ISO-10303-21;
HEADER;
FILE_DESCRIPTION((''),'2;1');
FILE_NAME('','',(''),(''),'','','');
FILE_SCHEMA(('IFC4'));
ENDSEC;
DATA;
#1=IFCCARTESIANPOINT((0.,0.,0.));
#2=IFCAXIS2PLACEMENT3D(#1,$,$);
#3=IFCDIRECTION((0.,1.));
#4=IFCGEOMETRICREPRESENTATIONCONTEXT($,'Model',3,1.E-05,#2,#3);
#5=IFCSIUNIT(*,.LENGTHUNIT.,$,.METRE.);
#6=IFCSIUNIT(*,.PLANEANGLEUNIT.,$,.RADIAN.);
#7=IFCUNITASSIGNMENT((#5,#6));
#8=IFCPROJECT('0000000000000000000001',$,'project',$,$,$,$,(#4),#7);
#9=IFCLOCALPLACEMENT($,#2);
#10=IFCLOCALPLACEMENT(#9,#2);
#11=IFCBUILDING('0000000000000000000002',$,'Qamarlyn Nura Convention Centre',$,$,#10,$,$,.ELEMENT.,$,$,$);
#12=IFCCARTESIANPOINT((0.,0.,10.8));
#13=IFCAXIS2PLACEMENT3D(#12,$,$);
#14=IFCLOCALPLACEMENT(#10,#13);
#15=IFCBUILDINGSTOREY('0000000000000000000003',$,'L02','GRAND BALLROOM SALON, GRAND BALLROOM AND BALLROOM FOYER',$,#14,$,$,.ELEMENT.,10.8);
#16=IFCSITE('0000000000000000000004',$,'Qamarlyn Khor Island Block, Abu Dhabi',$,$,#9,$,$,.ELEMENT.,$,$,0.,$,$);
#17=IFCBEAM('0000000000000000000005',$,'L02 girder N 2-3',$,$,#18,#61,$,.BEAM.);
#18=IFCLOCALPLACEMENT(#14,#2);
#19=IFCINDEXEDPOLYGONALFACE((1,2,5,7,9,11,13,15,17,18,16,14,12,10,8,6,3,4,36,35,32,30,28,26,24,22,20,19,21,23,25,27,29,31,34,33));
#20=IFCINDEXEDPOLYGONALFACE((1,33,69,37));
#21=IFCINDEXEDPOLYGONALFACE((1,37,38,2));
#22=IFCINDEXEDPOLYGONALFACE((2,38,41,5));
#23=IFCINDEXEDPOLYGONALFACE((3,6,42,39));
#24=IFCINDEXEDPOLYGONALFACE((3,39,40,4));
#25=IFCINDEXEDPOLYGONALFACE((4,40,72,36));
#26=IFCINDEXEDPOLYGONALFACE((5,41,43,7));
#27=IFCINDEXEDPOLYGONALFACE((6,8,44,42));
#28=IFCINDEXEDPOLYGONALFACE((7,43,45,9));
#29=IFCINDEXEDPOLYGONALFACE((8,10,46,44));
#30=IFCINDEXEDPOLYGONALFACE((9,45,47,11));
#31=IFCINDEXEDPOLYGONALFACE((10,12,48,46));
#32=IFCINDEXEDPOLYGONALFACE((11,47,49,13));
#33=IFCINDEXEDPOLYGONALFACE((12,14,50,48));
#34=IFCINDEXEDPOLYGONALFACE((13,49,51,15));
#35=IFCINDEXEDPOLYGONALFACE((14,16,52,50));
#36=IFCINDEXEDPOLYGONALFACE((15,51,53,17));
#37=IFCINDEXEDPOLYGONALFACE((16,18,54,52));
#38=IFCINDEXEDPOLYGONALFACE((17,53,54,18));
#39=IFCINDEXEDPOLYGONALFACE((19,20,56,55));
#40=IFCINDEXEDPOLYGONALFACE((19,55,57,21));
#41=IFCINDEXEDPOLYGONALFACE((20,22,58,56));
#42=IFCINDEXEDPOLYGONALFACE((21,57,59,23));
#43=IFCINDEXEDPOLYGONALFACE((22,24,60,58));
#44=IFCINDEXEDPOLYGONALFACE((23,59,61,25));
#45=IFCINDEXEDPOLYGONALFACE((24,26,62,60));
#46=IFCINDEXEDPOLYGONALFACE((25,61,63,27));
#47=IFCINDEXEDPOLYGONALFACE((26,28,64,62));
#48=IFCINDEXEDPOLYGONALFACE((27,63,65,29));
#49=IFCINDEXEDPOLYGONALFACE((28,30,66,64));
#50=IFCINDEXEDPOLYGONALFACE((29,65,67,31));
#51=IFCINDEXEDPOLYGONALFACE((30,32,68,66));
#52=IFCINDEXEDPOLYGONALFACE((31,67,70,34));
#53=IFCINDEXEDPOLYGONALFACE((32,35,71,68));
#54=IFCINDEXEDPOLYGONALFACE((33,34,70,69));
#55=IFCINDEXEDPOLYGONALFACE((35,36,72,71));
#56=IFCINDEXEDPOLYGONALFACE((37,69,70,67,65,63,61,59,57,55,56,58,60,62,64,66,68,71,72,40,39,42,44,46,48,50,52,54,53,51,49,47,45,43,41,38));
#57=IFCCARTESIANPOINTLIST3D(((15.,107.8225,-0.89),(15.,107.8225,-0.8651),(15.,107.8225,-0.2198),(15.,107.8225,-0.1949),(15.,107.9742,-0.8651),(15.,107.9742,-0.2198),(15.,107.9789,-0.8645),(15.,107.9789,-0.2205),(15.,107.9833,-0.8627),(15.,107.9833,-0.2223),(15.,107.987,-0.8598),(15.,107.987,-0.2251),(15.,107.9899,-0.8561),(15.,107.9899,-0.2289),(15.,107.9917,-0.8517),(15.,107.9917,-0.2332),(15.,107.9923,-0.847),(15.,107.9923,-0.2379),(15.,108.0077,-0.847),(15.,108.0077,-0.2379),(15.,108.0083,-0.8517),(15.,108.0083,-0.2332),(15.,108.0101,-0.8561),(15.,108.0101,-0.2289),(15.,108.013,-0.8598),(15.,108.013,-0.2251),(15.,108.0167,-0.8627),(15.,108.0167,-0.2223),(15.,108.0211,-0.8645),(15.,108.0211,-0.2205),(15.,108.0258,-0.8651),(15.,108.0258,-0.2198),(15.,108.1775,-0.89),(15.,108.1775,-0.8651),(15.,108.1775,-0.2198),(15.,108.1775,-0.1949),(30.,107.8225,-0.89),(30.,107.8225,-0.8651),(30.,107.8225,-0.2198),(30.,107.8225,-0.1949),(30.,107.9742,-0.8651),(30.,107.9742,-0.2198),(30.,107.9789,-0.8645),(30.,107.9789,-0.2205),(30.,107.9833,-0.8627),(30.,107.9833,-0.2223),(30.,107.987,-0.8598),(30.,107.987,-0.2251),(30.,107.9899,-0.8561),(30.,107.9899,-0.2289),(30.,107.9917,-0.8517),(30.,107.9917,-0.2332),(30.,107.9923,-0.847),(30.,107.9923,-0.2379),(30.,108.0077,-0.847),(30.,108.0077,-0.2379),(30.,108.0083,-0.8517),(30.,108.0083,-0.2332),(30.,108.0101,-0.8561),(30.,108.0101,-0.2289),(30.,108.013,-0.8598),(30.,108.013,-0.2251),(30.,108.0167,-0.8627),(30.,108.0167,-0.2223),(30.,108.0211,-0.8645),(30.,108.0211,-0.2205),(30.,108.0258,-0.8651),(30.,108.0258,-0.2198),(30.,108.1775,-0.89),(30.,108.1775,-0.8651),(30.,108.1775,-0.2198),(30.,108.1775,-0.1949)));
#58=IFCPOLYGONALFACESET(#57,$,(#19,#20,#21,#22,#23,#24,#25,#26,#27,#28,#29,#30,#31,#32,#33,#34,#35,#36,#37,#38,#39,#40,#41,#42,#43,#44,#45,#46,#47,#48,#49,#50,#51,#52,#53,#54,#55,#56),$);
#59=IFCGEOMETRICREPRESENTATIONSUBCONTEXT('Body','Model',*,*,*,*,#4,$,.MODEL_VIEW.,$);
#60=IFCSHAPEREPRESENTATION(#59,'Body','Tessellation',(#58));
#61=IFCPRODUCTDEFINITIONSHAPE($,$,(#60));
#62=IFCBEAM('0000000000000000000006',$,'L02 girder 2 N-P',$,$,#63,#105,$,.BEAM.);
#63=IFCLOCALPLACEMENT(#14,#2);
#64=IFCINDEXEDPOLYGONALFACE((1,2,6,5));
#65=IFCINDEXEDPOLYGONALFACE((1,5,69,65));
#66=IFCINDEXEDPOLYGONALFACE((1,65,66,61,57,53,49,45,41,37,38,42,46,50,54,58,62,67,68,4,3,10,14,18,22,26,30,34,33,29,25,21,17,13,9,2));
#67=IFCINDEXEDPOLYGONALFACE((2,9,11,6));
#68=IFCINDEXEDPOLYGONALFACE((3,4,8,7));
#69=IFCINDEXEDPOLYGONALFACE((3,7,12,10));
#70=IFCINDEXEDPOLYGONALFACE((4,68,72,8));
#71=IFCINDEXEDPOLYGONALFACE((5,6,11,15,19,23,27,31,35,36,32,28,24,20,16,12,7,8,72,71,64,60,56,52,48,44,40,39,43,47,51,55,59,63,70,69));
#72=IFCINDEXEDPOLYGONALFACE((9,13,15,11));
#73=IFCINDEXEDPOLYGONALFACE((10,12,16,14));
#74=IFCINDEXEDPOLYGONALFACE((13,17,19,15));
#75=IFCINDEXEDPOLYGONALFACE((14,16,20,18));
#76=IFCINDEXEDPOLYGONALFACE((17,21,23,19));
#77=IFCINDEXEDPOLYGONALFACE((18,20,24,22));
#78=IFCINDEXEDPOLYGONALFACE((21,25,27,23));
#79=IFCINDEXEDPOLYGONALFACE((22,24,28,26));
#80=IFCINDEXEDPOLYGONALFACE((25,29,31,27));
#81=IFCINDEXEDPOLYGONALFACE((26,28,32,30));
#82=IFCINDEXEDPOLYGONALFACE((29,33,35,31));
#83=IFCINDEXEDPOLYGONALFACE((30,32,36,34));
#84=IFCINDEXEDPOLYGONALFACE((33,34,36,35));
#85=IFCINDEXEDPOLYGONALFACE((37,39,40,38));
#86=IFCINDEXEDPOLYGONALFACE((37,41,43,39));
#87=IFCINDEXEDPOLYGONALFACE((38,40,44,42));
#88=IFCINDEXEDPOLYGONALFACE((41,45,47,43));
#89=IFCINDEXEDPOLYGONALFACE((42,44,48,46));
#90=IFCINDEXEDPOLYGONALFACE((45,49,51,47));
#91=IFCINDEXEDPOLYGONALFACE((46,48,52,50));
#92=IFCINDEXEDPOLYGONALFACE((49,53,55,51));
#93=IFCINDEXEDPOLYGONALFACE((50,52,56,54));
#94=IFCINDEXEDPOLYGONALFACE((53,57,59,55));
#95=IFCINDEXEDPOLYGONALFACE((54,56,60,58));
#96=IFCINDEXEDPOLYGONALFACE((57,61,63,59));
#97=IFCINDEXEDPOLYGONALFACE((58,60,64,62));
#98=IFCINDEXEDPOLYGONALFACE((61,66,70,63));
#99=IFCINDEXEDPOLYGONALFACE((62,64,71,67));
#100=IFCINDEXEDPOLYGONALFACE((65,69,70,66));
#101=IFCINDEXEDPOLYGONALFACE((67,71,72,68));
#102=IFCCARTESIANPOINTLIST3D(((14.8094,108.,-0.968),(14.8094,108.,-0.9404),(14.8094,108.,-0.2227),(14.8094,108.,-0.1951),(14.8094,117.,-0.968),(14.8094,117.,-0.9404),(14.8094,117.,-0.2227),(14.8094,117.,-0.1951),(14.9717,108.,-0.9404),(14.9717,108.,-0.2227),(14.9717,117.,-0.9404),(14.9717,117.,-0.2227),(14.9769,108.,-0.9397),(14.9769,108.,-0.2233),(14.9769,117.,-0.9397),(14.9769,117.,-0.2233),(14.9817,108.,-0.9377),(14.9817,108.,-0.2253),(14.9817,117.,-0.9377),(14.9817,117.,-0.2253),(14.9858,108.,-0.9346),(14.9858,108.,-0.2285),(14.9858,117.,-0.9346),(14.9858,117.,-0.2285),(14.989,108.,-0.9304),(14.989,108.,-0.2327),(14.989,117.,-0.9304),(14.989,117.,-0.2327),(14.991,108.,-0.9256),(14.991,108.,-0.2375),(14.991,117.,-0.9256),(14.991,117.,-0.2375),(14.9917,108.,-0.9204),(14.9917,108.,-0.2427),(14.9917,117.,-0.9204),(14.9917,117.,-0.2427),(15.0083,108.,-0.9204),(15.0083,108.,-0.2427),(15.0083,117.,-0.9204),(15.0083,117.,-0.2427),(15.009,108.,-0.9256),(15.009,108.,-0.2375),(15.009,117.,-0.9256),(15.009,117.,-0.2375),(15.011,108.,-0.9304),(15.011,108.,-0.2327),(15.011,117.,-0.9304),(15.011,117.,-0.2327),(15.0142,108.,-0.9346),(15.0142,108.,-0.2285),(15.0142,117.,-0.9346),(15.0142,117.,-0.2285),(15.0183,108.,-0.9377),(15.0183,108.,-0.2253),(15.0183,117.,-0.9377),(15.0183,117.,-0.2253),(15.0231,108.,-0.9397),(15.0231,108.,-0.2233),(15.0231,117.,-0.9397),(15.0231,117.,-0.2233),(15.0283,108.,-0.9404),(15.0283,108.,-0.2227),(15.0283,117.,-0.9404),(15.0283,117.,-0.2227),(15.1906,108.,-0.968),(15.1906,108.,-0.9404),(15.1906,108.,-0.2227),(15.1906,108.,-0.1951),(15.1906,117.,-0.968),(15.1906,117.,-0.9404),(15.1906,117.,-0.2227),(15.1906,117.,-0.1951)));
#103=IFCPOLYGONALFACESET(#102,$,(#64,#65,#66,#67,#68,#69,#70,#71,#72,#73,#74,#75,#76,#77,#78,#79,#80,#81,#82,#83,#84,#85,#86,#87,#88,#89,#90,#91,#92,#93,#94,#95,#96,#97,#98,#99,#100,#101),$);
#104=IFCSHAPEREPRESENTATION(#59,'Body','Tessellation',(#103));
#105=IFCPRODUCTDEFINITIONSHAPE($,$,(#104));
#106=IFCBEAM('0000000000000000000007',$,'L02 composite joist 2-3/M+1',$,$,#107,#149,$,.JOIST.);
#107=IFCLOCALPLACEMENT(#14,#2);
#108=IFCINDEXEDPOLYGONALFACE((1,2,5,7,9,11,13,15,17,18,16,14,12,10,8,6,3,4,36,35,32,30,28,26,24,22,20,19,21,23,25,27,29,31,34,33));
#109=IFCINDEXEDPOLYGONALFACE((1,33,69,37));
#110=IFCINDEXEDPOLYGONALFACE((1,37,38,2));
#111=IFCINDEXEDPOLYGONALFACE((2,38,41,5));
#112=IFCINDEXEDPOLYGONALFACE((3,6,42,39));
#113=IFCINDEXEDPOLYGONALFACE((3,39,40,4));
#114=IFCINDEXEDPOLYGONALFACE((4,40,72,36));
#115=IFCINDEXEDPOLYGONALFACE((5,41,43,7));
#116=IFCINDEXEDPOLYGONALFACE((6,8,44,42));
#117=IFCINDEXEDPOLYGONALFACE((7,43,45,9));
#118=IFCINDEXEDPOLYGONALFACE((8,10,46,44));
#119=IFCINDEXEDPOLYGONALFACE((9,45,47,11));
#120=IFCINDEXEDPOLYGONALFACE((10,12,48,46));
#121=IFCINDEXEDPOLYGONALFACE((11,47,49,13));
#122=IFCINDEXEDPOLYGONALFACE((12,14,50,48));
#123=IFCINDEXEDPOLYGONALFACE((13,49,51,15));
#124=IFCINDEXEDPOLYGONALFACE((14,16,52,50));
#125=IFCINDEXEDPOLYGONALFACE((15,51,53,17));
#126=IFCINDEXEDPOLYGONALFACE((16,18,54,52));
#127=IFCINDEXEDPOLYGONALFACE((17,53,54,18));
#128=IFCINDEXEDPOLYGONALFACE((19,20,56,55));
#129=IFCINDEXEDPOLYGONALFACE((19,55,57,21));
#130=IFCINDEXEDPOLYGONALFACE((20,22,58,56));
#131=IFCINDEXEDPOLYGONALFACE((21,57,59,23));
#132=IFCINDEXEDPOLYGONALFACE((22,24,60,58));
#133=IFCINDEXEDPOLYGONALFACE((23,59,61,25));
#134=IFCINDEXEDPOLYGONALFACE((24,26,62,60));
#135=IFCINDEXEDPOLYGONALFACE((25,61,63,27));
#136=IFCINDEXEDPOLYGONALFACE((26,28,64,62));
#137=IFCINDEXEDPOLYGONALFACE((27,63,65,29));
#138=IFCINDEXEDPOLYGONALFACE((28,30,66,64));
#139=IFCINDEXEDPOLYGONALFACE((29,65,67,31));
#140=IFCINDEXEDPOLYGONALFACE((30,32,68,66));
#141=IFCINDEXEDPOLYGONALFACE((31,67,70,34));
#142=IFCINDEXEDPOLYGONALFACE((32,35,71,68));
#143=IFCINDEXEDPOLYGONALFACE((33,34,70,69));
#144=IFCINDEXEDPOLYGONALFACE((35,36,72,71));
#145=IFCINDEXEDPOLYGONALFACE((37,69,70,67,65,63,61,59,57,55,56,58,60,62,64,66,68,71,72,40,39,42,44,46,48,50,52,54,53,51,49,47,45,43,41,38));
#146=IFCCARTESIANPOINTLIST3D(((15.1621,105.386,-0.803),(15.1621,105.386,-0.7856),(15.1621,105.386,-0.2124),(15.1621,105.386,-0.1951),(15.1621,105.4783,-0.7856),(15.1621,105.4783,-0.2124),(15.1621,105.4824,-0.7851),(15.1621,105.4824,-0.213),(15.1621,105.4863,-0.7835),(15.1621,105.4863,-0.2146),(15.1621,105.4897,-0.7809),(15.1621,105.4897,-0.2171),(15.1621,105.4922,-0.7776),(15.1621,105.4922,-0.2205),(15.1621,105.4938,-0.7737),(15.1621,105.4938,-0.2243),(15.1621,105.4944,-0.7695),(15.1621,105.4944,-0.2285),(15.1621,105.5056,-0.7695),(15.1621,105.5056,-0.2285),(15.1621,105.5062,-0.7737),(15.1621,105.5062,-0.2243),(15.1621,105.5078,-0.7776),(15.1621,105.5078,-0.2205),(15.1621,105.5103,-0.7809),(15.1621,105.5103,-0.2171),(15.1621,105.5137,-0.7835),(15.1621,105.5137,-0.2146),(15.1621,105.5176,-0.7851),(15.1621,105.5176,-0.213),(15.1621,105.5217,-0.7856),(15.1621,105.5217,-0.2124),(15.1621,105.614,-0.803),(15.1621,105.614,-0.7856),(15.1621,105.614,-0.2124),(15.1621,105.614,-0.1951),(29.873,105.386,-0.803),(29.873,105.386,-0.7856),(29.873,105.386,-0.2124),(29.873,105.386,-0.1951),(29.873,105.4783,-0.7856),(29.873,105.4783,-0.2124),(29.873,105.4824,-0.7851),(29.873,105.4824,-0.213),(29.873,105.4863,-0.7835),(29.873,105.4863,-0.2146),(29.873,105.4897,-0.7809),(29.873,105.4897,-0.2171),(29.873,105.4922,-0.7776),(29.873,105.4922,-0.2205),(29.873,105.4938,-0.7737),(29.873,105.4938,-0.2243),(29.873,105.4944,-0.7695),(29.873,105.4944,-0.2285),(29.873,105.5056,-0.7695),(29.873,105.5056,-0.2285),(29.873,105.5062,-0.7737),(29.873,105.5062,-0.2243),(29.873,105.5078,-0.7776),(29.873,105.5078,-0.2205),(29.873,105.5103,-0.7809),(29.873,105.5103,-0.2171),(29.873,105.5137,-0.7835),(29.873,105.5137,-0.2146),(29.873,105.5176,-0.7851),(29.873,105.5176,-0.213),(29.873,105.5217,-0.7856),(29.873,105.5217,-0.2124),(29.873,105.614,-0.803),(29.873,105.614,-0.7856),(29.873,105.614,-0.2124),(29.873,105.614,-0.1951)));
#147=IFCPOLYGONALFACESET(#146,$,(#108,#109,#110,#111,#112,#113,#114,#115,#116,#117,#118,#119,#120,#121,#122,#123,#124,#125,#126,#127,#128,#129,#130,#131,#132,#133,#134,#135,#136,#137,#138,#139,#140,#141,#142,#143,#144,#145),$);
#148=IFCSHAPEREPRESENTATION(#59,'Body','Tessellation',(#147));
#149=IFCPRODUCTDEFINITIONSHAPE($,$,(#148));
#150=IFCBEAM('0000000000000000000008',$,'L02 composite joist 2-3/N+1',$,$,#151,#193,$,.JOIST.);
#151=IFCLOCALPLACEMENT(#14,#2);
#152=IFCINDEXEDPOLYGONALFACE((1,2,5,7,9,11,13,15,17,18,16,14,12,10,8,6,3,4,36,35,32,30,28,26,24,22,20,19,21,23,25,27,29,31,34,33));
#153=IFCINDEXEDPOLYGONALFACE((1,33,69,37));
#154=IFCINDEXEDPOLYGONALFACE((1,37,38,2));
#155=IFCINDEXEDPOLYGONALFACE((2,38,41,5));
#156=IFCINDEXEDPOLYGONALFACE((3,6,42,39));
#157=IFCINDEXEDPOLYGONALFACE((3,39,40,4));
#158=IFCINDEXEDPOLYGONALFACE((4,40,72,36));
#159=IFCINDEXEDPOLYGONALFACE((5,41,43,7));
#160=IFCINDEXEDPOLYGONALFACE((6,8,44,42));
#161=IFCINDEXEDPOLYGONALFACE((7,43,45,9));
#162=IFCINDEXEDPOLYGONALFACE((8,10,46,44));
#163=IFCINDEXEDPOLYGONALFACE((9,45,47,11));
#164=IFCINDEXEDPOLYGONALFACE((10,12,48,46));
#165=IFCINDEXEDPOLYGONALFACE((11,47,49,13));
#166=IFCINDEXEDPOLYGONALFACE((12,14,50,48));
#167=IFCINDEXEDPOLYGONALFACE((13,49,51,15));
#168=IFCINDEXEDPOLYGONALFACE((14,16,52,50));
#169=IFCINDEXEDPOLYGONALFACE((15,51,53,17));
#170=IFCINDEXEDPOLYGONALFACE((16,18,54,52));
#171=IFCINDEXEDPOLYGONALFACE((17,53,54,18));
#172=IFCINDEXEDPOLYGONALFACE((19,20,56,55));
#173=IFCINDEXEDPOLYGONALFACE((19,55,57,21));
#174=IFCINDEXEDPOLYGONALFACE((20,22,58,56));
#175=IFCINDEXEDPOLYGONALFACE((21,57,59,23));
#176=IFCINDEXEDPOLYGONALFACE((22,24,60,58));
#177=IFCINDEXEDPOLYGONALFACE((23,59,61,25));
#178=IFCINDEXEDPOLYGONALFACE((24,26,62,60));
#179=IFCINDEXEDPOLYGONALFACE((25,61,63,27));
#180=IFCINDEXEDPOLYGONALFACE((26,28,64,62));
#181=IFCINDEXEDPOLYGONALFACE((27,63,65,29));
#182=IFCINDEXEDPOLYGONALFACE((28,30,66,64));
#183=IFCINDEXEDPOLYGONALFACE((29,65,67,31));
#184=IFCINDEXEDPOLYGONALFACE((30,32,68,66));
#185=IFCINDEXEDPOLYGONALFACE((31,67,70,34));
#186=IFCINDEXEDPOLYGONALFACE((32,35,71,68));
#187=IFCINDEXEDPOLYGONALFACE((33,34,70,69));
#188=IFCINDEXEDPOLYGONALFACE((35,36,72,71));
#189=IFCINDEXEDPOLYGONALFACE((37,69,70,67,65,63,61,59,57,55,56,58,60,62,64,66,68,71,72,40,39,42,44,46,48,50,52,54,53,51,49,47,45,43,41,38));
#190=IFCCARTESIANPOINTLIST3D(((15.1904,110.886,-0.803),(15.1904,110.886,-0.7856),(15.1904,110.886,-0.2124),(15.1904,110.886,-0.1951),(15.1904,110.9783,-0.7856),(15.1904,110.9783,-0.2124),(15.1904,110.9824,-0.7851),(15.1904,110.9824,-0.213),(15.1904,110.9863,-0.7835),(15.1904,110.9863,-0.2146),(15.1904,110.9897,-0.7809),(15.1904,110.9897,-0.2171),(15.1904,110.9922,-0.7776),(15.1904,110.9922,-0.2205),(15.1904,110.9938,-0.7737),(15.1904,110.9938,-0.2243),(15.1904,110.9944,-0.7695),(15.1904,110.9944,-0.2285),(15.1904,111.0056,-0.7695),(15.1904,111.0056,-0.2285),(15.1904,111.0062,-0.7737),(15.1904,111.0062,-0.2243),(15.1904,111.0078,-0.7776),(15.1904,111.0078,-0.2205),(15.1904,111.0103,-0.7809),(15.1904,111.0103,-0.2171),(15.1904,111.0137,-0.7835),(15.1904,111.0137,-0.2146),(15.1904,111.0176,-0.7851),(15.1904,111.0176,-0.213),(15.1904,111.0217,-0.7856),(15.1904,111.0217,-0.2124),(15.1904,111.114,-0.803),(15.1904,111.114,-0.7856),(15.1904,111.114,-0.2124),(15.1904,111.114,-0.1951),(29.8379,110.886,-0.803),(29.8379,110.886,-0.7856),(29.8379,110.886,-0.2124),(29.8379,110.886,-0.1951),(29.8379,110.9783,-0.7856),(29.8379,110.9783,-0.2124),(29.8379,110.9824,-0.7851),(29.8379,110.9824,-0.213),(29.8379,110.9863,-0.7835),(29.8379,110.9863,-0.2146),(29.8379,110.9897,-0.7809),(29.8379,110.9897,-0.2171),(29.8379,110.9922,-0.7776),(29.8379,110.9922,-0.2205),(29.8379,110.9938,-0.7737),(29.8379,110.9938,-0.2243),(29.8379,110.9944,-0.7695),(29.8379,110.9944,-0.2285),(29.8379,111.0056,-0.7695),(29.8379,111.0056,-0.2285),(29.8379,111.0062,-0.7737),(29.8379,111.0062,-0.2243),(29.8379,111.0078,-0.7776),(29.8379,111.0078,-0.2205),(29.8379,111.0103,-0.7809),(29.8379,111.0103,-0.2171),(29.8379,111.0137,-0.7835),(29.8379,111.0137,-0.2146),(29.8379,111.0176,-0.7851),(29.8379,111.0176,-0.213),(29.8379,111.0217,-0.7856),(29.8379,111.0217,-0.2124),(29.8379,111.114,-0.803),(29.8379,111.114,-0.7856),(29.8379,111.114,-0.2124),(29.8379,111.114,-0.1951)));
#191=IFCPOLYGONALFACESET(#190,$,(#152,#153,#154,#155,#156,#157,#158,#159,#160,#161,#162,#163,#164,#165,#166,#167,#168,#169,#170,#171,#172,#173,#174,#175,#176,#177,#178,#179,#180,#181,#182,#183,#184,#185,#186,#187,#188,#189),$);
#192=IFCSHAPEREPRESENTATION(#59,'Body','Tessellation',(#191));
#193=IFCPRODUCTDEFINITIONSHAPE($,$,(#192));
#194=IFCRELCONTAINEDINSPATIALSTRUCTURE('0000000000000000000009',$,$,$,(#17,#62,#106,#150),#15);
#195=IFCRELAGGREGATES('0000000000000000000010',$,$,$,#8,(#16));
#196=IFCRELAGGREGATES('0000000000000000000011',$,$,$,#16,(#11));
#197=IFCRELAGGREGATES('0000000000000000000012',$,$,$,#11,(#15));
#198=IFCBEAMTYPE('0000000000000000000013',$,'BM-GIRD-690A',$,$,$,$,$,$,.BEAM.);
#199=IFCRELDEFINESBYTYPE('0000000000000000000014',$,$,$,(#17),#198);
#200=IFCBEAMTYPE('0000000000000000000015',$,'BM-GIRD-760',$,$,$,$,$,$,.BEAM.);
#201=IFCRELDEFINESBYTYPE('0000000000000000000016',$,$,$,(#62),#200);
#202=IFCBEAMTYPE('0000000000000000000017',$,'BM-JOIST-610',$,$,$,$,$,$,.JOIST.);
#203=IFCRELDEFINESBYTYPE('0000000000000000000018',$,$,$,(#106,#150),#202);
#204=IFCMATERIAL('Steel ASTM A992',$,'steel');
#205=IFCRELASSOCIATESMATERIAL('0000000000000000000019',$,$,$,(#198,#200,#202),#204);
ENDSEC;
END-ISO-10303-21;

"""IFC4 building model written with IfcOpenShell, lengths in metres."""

from ifc_helpers import new_model, si_unit, direction, frame, origin, origin_2d, place, context, subcontext, project, spatial, i_section, extrude, material, material_profile, profile_set, type_object, element, save


model = new_model("IFC4")

# Units and contexts
model_context = context("Model", 3, precision=1e-05, world=origin(), true_north=direction((0.0, 1.0)))
body_context = subcontext(model_context, "Body", "Model", "MODEL_VIEW")
ifc_project = project(units=[si_unit("LENGTHUNIT", "METRE"), si_unit("PLANEANGLEUNIT", "RADIAN")], contexts=[model_context])

# Site, building, storey
site_placement = place(None, origin())
site = spatial("IfcSite", under=ifc_project, at=site_placement, Name="Qamarlyn Khor Island Block, Abu Dhabi", CompositionType="ELEMENT", RefElevation=0.0)
building_placement = place(site_placement, origin())
building = spatial("IfcBuilding", under=site, at=building_placement, Name="Qamarlyn Nura Convention Centre", CompositionType="ELEMENT")
storey_placement = place(building_placement, frame((0.0, 0.0, 10.8)))
storey = spatial("IfcBuildingStorey", under=building, at=storey_placement, Name="L02", Description="GRAND BALLROOM SALON, GRAND BALLROOM AND BALLROOM FOYER", CompositionType="ELEMENT", Elevation=10.8)

# Beams
ifc_material_1 = material(Name="Steel ASTM A992", Category="steel")
ifc_material_profile_1 = material_profile(ifc_material_1, i_section(OverallWidth=0.355, OverallDepth=0.6951, WebThickness=0.0154, FlangeThickness=0.0249, FilletRadius=0.0181, at=origin_2d()), Name="W690X217")
ifc_profile_set_1 = profile_set([ifc_material_profile_1], Name="Steel ASTM A992")
beam_type_1 = type_object("IfcBeamType", Name="BM-GIRD-690A", PredefinedType="BEAM", material=ifc_profile_set_1)
beam_1_placement = place(storey_placement, frame((15.0, 108.0, -0.5425), z_axis=(1.0, 0.0, 0.0), x_axis=(0.0, 1.0, 0.0)))
element("IfcBeam", 1, at=beam_1_placement, inside=storey, type_object=beam_type_1, Name="L02 girder N 2-3", PredefinedType="BEAM", context=body_context, shape_type="SweptSolid", body=[
    extrude(i_section(OverallWidth=0.355, OverallDepth=0.6951, WebThickness=0.0154, FlangeThickness=0.0249, FilletRadius=0.0181, at=origin_2d()), origin(), (0.0, 0.0, 1.0), 15.0),
])
ifc_material_profile_2 = material_profile(ifc_material_1, i_section(OverallWidth=0.3811, OverallDepth=0.7729, WebThickness=0.0166, FlangeThickness=0.0276, FilletRadius=0.02, at=origin_2d()), Name="W760X257")
ifc_profile_set_2 = profile_set([ifc_material_profile_2], Name="Steel ASTM A992")
beam_type_2 = type_object("IfcBeamType", Name="BM-GIRD-760", PredefinedType="BEAM", material=ifc_profile_set_2)
beam_2_placement = place(storey_placement, frame((15.0, 108.0, -0.5815), z_axis=(0.0, 1.0, 0.0), x_axis=(-1.0, 0.0, 0.0)))
element("IfcBeam", 2, at=beam_2_placement, inside=storey, type_object=beam_type_2, Name="L02 girder 2 N-P", PredefinedType="BEAM", context=body_context, shape_type="SweptSolid", body=[
    extrude(i_section(OverallWidth=0.3811, OverallDepth=0.7729, WebThickness=0.0166, FlangeThickness=0.0276, FilletRadius=0.02, at=origin_2d()), origin(), (0.0, 0.0, 1.0), 9.0),
])
ifc_material_profile_3 = material_profile(ifc_material_1, i_section(OverallWidth=0.228, OverallDepth=0.6079, WebThickness=0.0112, FlangeThickness=0.0173, FilletRadius=0.0161, at=origin_2d()), Name="W610X113")
ifc_profile_set_3 = profile_set([ifc_material_profile_3], Name="Steel ASTM A992")
beam_type_3 = type_object("IfcBeamType", Name="BM-JOIST-610", PredefinedType="JOIST", material=ifc_profile_set_3)
beam_3_placement = place(storey_placement, frame((15.1621, 105.5, -0.499), z_axis=(1.0, 0.0, 0.0), x_axis=(0.0, 1.0, 0.0)))
element("IfcBeam", 3, at=beam_3_placement, inside=storey, type_object=beam_type_3, Name="L02 composite joist 2-3/M+1", PredefinedType="JOIST", context=body_context, shape_type="SweptSolid", body=[
    extrude(i_section(OverallWidth=0.228, OverallDepth=0.6079, WebThickness=0.0112, FlangeThickness=0.0173, FilletRadius=0.0161, at=origin_2d()), origin(), (0.0, 0.0, 1.0), 14.7109),
])
beam_4_placement = place(storey_placement, frame((15.1904, 111.0, -0.499), z_axis=(1.0, 0.0, 0.0), x_axis=(0.0, 1.0, 0.0)))
element("IfcBeam", 4, at=beam_4_placement, inside=storey, type_object=beam_type_3, Name="L02 composite joist 2-3/N+1", PredefinedType="JOIST", context=body_context, shape_type="SweptSolid", body=[
    extrude(i_section(OverallWidth=0.228, OverallDepth=0.6079, WebThickness=0.0112, FlangeThickness=0.0173, FilletRadius=0.0161, at=origin_2d()), origin(), (0.0, 0.0, 1.0), 14.6475),
])

save(model, "model.ifc")
